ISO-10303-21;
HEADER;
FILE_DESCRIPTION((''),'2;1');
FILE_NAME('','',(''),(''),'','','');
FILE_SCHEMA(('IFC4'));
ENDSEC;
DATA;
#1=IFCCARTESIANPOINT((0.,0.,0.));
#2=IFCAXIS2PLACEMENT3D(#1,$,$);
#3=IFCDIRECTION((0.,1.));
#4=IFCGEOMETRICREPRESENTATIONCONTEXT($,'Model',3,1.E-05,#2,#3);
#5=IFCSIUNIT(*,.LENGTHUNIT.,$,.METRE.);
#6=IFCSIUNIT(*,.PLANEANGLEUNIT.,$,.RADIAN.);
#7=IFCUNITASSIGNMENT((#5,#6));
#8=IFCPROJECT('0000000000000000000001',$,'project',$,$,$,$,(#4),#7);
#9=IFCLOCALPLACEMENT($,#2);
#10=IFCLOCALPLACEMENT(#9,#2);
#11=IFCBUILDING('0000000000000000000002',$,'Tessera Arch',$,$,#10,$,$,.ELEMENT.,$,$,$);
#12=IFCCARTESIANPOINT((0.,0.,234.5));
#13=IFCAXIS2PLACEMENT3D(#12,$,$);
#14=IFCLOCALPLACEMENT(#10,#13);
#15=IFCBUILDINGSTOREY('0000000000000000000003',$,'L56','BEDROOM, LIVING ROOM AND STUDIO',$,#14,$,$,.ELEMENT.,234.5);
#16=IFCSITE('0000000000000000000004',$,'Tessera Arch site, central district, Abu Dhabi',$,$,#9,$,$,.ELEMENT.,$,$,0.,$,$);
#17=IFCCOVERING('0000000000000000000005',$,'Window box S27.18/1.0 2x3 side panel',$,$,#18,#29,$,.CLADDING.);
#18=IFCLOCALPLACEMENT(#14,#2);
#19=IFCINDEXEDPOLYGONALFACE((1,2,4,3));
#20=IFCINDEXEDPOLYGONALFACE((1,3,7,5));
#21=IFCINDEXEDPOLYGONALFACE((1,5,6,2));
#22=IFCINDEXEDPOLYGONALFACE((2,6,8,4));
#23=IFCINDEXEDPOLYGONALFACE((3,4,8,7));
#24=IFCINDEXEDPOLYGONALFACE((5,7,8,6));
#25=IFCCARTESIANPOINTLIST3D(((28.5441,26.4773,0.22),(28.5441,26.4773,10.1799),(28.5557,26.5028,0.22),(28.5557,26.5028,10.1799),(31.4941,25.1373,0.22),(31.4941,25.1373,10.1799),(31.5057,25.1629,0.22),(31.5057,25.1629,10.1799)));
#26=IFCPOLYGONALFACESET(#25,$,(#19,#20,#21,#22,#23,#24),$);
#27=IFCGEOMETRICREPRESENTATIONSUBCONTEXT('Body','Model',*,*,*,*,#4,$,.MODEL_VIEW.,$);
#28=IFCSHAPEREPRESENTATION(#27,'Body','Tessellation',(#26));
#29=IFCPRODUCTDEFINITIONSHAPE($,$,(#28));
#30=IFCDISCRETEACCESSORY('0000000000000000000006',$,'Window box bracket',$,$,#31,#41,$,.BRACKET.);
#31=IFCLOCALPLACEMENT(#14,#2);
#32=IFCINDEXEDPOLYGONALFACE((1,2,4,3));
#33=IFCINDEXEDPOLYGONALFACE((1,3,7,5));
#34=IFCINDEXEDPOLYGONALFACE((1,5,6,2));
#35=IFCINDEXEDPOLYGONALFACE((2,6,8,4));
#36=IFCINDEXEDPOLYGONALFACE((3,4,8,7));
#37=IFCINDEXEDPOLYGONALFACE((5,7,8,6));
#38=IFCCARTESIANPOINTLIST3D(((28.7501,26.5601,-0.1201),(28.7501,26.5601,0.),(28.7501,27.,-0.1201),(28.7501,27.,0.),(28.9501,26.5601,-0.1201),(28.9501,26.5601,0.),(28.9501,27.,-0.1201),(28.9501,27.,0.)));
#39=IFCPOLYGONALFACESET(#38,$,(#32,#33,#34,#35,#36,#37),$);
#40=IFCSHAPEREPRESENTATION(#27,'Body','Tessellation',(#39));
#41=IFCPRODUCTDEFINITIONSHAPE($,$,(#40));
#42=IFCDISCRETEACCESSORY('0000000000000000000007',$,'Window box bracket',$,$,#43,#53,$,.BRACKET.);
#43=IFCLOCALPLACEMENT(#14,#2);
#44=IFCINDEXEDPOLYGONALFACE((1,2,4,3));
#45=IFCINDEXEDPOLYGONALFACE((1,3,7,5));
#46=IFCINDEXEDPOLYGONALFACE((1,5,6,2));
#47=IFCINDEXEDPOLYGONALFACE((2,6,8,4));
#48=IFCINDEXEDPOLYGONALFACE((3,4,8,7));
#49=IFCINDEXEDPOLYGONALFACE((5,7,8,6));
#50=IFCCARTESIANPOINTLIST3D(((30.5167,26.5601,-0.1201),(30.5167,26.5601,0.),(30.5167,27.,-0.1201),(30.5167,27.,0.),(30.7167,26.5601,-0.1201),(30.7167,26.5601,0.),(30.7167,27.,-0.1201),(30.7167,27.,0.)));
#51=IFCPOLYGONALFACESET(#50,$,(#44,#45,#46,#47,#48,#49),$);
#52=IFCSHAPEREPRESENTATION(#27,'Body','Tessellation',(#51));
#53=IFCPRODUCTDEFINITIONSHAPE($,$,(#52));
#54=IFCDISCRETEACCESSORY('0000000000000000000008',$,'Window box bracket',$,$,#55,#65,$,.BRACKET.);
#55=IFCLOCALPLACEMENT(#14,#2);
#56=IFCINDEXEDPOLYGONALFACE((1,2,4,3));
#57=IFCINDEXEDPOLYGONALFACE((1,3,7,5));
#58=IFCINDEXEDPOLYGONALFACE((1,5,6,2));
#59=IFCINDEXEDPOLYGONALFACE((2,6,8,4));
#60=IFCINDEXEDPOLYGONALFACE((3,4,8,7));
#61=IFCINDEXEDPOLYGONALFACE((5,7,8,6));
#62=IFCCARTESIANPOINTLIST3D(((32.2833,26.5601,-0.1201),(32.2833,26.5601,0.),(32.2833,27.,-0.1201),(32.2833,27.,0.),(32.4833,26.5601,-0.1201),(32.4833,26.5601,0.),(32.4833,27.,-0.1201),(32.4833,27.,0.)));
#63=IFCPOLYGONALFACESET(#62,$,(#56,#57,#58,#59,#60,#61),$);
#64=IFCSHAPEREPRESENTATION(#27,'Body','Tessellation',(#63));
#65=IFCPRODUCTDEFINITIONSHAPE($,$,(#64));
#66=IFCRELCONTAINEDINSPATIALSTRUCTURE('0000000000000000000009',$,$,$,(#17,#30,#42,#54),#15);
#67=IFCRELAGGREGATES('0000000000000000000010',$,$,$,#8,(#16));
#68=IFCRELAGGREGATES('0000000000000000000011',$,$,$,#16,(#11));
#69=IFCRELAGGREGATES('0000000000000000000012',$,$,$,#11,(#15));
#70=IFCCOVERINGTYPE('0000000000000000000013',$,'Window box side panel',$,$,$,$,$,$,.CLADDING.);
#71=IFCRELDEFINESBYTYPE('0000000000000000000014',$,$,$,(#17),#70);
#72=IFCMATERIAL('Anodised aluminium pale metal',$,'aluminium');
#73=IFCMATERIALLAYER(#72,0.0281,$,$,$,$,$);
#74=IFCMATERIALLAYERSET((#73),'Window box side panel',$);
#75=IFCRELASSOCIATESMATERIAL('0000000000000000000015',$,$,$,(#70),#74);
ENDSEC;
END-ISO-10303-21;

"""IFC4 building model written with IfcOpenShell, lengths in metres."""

from ifc_helpers import new_model, si_unit, direction, frame, origin, origin_2d, place, context, subcontext, project, spatial, rectangle, extrude, material, layer, layer_set, type_object, element, save


model = new_model("IFC4")

# Units and contexts
model_context = context("Model", 3, precision=1e-05, world=origin(), true_north=direction((0.0, 1.0)))
body_context = subcontext(model_context, "Body", "Model", "MODEL_VIEW")
ifc_project = project(units=[si_unit("LENGTHUNIT", "METRE"), si_unit("PLANEANGLEUNIT", "RADIAN")], contexts=[model_context])

# Site, building, storey
site_placement = place(None, origin())
site = spatial("IfcSite", under=ifc_project, at=site_placement, Name="Tessera Arch site, central district, Abu Dhabi", CompositionType="ELEMENT", RefElevation=0.0)
building_placement = place(site_placement, origin())
building = spatial("IfcBuilding", under=site, at=building_placement, Name="Tessera Arch", CompositionType="ELEMENT")
storey_placement = place(building_placement, frame((0.0, 0.0, 234.5)))
storey = spatial("IfcBuildingStorey", under=building, at=storey_placement, Name="L56", Description="BEDROOM, LIVING ROOM AND STUDIO", CompositionType="ELEMENT", Elevation=234.5)

# Covering
ifc_material_1 = material(Name="Anodised aluminium pale metal", Category="aluminium")
ifc_layer_1 = layer(ifc_material_1, 0.0281)
ifc_layer_set_1 = layer_set([ifc_layer_1], Name="Window box side panel")
covering_type = type_object("IfcCoveringType", Name="Window box side panel", PredefinedType="CLADDING", material=ifc_layer_set_1)
covering_placement = place(storey_placement, frame((30.0249, 25.8201, 0.22), z_axis=(0.0, 0.0, 1.0), x_axis=(0.910472, -0.41357, 0.0)))
element("IfcCovering", 1, at=covering_placement, inside=storey, type_object=covering_type, Name="Window box S27.18/1.0 2x3 side panel", PredefinedType="CLADDING", context=body_context, shape_type="SweptSolid", body=[
    extrude(rectangle(XDim=3.24, YDim=0.0281, at=origin_2d()), origin(), (0.0, 0.0, 1.0), 9.96),
])

# Discrete accessories
for number, where, z_axis, x_axis, name in (
    (2, (28.8501, 26.78, -0.1201), (0.0, 0.0, 1.0), (0.0, -1.0, 0.0), "Window box bracket"),
    (3, (30.6167, 26.78, -0.1201), (0.0, 0.0, 1.0), (0.0, -1.0, 0.0), "Window box bracket"),
    (4, (32.3833, 26.78, -0.1201), (0.0, 0.0, 1.0), (0.0, -1.0, 0.0), "Window box bracket"),
):
    element("IfcDiscreteAccessory", number, at=place(storey_placement, frame(where, z_axis=z_axis, x_axis=x_axis)), inside=storey, Name=name, PredefinedType="BRACKET", context=body_context, shape_type="SweptSolid", body=[
        extrude(rectangle(XDim=0.4399, YDim=0.2, at=origin_2d()), origin(), (0.0, 0.0, 1.0), 0.1201),
    ])

save(model, "model.ifc")
